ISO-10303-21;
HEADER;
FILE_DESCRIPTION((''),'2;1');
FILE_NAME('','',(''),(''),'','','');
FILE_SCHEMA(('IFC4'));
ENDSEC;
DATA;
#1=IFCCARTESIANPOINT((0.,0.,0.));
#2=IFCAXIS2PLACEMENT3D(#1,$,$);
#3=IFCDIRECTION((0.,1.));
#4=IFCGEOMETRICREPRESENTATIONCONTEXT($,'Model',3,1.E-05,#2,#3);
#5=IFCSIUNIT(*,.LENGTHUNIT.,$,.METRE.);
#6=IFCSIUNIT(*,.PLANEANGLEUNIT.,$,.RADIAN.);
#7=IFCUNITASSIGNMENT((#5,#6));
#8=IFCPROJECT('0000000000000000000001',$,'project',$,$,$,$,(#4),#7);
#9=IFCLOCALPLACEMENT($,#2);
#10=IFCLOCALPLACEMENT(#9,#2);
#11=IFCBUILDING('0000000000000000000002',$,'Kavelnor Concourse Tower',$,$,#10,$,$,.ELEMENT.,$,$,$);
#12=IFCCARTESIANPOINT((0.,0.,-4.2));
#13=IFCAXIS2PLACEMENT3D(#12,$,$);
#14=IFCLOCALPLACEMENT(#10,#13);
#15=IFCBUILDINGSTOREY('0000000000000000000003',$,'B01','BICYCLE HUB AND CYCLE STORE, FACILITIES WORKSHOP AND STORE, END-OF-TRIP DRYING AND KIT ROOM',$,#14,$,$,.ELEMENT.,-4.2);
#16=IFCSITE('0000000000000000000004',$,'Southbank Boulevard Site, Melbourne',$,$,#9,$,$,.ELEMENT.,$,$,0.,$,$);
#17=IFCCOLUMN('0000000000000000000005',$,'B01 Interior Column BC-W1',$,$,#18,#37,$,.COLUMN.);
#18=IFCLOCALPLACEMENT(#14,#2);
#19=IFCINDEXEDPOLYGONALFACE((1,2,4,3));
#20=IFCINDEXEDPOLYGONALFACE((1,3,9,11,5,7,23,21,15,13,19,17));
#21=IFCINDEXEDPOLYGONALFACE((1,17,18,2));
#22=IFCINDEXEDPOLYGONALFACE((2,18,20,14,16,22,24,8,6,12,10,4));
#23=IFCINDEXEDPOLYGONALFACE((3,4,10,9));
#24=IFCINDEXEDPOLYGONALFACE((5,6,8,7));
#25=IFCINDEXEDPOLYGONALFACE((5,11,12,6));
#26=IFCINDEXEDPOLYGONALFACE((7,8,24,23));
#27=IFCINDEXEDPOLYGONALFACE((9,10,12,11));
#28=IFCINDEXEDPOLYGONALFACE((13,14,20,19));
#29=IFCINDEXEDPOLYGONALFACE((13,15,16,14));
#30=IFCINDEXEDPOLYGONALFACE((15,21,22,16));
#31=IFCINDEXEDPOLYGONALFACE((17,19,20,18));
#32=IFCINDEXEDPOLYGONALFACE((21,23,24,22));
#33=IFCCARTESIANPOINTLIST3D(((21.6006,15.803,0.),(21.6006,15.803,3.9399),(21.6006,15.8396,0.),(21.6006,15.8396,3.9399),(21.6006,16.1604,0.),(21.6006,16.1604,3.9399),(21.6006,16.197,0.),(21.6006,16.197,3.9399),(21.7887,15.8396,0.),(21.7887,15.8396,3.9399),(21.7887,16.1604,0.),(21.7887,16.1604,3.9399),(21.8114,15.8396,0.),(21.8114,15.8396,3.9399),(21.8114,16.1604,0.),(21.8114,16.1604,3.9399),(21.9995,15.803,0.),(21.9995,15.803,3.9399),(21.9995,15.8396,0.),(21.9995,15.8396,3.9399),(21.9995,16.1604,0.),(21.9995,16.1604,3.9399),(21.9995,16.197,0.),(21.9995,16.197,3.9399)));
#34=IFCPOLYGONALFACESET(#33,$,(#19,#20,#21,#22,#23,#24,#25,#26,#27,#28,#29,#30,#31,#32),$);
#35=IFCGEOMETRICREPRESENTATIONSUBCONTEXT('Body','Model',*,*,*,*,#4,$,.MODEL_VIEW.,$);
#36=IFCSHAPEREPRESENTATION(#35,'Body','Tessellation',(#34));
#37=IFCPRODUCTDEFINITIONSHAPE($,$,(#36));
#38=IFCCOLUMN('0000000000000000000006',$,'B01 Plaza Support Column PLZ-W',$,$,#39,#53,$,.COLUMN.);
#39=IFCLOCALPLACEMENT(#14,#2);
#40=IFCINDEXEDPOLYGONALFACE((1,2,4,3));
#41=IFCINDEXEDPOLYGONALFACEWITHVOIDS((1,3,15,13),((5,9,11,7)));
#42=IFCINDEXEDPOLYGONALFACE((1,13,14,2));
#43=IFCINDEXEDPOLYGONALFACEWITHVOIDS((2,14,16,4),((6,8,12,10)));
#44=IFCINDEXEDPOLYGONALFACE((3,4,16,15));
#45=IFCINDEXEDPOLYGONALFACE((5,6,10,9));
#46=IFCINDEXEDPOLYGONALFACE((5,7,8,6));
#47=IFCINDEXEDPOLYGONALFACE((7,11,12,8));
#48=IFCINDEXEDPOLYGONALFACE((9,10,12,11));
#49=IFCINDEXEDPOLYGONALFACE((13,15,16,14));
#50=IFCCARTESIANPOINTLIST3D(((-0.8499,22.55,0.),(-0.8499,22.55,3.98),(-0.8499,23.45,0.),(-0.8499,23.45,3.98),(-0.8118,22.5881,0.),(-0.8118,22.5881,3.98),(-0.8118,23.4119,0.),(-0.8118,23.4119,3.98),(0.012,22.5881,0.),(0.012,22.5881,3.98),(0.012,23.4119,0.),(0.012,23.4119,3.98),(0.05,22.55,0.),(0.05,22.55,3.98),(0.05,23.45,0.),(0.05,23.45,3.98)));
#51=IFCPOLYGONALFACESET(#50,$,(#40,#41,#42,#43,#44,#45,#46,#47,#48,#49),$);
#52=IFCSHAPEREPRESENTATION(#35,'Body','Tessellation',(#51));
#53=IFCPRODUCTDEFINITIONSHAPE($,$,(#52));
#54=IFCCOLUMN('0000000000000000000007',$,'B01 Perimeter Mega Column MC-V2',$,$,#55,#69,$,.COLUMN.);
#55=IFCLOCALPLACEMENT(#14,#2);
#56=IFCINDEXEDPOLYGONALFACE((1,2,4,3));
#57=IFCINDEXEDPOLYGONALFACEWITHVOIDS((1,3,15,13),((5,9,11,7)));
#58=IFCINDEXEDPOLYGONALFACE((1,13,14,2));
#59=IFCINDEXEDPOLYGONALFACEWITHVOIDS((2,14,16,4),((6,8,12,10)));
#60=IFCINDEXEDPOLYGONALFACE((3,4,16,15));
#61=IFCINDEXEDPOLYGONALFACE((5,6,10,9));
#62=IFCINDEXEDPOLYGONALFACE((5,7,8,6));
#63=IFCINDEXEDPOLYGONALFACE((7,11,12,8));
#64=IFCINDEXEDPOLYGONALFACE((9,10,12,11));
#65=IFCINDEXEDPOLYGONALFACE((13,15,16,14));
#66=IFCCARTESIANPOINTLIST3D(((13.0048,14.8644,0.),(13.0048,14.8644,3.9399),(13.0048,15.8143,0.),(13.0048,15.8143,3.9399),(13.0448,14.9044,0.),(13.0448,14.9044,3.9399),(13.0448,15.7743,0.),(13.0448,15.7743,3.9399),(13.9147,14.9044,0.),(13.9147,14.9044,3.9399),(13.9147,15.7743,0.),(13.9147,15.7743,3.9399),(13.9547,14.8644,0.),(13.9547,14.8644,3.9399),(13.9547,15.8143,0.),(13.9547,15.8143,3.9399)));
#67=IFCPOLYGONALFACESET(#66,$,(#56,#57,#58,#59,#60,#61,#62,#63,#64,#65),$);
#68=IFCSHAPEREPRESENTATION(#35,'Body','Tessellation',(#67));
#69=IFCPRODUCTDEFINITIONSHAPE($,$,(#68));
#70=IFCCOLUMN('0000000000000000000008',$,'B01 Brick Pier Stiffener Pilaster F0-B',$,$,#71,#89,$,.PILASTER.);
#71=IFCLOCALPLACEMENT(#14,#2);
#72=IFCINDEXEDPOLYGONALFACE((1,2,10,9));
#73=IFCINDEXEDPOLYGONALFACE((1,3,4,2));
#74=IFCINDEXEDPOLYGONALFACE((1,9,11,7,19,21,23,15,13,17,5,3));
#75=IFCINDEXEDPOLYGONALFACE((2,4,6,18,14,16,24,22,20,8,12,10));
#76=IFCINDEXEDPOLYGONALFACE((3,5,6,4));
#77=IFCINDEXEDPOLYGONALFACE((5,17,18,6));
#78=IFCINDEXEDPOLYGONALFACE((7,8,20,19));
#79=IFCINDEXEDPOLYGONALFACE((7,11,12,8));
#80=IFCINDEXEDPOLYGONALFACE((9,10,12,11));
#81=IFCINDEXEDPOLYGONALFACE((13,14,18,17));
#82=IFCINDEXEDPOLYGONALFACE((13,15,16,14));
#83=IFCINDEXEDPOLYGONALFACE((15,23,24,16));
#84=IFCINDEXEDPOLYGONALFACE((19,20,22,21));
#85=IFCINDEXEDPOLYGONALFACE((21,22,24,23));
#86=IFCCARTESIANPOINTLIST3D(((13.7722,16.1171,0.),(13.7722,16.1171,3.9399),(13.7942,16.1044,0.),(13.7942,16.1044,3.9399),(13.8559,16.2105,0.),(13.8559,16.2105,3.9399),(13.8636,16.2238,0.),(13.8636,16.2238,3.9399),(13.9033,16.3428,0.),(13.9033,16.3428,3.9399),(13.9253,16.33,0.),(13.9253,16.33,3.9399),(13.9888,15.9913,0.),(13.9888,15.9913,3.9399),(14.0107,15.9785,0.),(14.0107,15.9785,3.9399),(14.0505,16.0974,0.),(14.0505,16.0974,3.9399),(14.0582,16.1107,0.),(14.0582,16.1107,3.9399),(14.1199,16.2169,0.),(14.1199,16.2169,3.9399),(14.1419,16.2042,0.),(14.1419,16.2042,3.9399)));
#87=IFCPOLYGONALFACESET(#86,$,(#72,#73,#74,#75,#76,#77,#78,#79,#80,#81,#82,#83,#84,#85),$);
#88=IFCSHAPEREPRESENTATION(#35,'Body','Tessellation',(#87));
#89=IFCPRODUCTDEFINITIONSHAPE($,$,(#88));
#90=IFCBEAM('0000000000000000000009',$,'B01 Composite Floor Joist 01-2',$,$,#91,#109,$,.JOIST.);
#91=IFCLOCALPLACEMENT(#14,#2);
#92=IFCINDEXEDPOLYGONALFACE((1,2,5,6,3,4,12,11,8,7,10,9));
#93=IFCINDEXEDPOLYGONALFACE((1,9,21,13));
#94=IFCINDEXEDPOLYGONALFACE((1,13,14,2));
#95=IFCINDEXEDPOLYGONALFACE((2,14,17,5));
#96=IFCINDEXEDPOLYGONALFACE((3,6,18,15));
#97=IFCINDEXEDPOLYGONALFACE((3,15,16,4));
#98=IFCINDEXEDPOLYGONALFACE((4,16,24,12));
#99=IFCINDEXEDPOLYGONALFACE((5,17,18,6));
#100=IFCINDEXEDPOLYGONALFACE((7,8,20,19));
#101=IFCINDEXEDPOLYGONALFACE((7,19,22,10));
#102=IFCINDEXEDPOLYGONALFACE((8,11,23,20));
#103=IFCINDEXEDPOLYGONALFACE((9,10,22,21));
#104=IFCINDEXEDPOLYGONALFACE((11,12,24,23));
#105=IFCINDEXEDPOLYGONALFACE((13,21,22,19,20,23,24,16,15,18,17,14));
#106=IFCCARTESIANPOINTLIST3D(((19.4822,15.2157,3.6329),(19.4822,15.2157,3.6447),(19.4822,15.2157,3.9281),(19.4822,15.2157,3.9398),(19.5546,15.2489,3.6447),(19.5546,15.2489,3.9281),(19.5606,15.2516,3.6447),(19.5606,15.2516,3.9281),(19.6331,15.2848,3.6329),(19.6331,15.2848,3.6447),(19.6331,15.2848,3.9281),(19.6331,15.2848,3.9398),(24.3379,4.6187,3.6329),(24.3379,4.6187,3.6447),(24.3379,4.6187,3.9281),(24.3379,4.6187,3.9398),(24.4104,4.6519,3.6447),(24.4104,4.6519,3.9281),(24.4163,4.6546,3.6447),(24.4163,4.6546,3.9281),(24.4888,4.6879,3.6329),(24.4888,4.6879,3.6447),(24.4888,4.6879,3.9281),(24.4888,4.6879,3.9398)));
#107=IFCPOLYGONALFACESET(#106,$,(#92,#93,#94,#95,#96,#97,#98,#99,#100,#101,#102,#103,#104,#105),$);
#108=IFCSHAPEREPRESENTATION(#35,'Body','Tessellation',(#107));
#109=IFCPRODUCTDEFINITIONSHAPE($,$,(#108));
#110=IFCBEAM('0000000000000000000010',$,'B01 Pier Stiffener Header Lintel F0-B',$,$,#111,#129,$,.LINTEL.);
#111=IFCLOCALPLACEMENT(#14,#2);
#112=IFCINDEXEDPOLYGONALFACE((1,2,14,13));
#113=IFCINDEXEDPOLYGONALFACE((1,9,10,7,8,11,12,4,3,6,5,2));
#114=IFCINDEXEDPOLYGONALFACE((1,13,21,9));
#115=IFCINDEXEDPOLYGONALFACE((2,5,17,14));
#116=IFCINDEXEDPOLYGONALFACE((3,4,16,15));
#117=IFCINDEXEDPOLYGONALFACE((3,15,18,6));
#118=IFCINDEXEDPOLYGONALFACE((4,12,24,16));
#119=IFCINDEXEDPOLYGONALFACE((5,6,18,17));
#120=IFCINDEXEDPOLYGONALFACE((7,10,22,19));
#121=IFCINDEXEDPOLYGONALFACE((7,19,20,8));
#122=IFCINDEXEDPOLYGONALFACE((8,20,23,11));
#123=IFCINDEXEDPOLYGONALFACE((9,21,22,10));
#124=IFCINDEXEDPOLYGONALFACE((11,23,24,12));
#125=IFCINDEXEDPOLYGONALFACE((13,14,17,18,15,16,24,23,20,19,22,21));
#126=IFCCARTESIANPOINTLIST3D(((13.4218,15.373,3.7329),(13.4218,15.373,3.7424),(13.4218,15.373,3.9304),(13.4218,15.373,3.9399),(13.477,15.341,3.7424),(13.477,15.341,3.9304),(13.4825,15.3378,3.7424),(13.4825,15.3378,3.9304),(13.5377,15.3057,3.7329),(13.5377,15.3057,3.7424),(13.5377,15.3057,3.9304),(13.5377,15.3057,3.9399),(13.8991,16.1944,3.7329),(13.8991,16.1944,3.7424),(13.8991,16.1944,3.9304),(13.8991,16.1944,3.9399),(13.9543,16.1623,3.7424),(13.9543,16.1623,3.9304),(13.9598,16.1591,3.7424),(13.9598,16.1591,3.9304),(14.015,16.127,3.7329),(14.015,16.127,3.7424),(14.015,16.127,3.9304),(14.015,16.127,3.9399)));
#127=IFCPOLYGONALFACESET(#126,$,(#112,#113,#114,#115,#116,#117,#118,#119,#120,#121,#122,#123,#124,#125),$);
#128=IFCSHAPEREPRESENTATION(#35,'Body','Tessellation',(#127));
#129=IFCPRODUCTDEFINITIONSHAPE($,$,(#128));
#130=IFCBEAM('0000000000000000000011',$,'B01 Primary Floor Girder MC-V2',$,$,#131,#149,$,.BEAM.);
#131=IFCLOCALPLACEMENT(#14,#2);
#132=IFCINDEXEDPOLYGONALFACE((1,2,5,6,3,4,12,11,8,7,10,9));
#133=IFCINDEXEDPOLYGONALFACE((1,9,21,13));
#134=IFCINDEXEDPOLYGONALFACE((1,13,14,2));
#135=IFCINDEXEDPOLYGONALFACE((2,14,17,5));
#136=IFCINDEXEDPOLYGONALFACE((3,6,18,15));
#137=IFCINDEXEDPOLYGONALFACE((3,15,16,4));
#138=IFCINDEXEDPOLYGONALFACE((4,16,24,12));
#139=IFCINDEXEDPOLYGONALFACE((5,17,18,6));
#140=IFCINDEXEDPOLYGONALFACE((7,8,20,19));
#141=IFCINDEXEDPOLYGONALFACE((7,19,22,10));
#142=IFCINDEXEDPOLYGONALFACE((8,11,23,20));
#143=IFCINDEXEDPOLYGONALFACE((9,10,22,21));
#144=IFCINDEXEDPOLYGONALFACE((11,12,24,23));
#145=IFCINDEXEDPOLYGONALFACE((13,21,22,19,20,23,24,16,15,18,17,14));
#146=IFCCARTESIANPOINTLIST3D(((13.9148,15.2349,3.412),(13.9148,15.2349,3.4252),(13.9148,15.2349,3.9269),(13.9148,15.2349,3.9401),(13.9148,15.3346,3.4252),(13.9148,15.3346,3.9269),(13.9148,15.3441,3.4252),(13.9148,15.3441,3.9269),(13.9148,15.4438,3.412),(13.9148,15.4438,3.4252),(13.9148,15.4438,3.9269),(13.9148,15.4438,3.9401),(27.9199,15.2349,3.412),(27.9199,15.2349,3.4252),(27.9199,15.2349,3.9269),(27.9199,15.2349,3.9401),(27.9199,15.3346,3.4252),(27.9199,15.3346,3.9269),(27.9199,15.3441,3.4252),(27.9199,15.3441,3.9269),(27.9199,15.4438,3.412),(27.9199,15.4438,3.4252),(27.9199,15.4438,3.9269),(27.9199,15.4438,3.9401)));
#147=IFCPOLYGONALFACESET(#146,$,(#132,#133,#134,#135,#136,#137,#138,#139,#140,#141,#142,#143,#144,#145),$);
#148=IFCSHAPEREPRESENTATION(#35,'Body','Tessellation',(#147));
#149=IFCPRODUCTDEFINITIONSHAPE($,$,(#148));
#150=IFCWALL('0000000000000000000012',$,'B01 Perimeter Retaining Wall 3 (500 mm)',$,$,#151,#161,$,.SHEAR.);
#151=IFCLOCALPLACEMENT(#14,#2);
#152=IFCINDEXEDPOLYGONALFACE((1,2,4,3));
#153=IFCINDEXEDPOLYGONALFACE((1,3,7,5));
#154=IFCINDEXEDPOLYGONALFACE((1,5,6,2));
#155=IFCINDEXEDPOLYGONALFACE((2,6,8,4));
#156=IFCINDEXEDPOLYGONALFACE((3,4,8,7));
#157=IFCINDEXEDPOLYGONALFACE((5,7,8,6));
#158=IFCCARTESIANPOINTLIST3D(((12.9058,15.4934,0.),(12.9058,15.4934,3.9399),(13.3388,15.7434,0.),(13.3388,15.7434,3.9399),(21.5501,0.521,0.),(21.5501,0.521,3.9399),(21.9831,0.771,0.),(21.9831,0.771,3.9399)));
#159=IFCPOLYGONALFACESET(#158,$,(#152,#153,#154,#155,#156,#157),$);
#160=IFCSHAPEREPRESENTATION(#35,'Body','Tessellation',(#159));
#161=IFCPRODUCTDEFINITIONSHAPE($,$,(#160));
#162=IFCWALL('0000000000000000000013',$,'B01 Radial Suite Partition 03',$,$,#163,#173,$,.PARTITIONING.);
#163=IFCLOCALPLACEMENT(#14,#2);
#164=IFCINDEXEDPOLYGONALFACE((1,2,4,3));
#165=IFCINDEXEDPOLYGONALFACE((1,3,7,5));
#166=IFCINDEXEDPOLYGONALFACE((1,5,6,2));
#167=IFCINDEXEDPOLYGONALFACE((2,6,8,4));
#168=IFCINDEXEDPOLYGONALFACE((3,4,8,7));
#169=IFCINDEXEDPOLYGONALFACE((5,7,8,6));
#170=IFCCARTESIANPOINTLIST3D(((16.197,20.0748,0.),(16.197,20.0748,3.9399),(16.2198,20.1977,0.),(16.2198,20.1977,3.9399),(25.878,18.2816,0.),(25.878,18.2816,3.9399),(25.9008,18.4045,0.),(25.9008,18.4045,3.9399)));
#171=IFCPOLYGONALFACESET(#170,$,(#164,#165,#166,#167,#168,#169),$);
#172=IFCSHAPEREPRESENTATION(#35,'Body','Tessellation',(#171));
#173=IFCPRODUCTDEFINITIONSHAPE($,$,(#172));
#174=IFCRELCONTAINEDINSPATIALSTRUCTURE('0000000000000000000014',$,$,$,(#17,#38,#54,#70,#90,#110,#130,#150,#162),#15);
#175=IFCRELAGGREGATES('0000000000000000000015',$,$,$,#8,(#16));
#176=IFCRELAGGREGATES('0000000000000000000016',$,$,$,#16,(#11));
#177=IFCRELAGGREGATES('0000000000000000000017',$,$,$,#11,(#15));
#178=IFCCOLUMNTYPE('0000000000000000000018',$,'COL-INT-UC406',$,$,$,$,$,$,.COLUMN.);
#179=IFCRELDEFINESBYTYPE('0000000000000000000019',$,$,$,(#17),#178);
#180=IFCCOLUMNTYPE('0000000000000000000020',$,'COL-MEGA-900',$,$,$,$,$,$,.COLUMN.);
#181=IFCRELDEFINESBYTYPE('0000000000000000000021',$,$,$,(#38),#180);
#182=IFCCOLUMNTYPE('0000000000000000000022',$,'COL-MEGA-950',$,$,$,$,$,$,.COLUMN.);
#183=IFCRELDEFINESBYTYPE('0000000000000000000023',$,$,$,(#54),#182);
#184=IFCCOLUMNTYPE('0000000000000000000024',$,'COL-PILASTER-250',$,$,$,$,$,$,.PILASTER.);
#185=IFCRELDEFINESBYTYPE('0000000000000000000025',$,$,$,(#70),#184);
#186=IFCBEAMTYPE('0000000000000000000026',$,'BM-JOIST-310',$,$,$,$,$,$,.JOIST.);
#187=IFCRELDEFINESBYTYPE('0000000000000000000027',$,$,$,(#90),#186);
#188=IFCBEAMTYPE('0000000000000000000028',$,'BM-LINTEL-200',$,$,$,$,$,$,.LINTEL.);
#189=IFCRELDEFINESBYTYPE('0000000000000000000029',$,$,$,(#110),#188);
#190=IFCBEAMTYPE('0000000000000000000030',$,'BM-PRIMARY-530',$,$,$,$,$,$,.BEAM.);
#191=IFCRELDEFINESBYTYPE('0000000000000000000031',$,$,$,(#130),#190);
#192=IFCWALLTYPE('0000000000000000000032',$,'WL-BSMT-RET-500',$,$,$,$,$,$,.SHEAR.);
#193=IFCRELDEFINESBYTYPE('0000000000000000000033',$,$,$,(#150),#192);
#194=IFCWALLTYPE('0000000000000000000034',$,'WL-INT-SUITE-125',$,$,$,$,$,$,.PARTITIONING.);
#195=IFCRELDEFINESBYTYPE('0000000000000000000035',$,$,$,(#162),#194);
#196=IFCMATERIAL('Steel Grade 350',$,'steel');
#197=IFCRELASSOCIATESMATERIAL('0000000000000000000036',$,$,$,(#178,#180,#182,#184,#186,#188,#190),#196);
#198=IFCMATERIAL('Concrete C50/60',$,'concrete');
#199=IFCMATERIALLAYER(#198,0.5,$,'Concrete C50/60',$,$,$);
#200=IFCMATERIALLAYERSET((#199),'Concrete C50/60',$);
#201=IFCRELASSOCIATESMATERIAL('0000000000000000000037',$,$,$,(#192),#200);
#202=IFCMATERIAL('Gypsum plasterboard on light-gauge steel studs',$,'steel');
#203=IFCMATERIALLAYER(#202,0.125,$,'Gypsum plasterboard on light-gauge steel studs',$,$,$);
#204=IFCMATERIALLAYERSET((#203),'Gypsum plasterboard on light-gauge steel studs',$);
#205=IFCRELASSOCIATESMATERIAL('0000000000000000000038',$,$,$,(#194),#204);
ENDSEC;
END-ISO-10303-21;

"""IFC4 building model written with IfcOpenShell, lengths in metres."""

from ifc_helpers import new_model, si_unit, direction, frame, frame_2d, origin, origin_2d, place, context, subcontext, project, spatial, rectangle, hollow_rectangle, i_section, extrude, material, layer, layer_set, material_profile, profile_set, type_object, element, save


model = new_model("IFC4")

# Units and contexts
model_context = context("Model", 3, precision=1e-05, world=origin(), true_north=direction((0.0, 1.0)))
body_context = subcontext(model_context, "Body", "Model", "MODEL_VIEW")
ifc_project = project(units=[si_unit("LENGTHUNIT", "METRE"), si_unit("PLANEANGLEUNIT", "RADIAN")], contexts=[model_context])

# Site, building, storey
site_placement = place(None, origin())
site = spatial("IfcSite", under=ifc_project, at=site_placement, Name="Southbank Boulevard Site, Melbourne", CompositionType="ELEMENT", RefElevation=0.0)
building_placement = place(site_placement, origin())
building = spatial("IfcBuilding", under=site, at=building_placement, Name="Kavelnor Concourse Tower", CompositionType="ELEMENT")
storey_placement = place(building_placement, frame((0.0, 0.0, -4.2)))
storey = spatial("IfcBuildingStorey", under=building, at=storey_placement, Name="B01", Description="BICYCLE HUB AND CYCLE STORE, FACILITIES WORKSHOP AND STORE, END-OF-TRIP DRYING AND KIT ROOM", CompositionType="ELEMENT", Elevation=-4.2)

# Columns
ifc_material_1 = material(Name="Steel Grade 350", Category="steel")
ifc_material_profile_1 = material_profile(ifc_material_1, i_section(OverallWidth=0.3989, OverallDepth=0.394, WebThickness=0.0227, FlangeThickness=0.0366, at=origin_2d()), Name="UC 356x406x287")
ifc_profile_set_1 = profile_set([ifc_material_profile_1], Name="Steel Grade 350")
column_type_1 = type_object("IfcColumnType", Name="COL-INT-UC406", PredefinedType="COLUMN", material=ifc_profile_set_1)
column_1_placement = place(storey_placement, frame((21.8, 16.0, 0.0), z_axis=(0.0, 0.0, 1.0), x_axis=(1.0, 0.0, 0.0)))
element("IfcColumn", 1, at=column_1_placement, inside=storey, type_object=column_type_1, Name="B01 Interior Column BC-W1", PredefinedType="COLUMN", context=body_context, shape_type="SweptSolid", body=[
    extrude(i_section(OverallWidth=0.3989, OverallDepth=0.394, WebThickness=0.0227, FlangeThickness=0.0366, at=origin_2d()), origin(), (0.0, 0.0, 1.0), 3.9399),
])
ifc_material_profile_2 = material_profile(ifc_material_1, hollow_rectangle(XDim=0.8999, YDim=0.8999, WallThickness=0.0381, at=origin_2d()), Name="SHS 900x900x38")
ifc_profile_set_2 = profile_set([ifc_material_profile_2], Name="Steel Grade 350")
column_type_2 = type_object("IfcColumnType", Name="COL-MEGA-900", PredefinedType="COLUMN", material=ifc_profile_set_2)
column_2_placement = place(storey_placement, frame((-0.3999, 23.0, 0.0), z_axis=(0.0, 0.0, 1.0), x_axis=(1.0, 0.0, 0.0)))
element("IfcColumn", 2, at=column_2_placement, inside=storey, type_object=column_type_2, Name="B01 Plaza Support Column PLZ-W", PredefinedType="COLUMN", context=body_context, shape_type="SweptSolid", body=[
    extrude(hollow_rectangle(XDim=0.8999, YDim=0.8999, WallThickness=0.0381, at=origin_2d()), origin(), (0.0, 0.0, 1.0), 3.98),
])
ifc_material_profile_3 = material_profile(ifc_material_1, hollow_rectangle(XDim=0.95, YDim=0.95, WallThickness=0.04, at=origin_2d()), Name="SHS 950x950x40")
ifc_profile_set_3 = profile_set([ifc_material_profile_3], Name="Steel Grade 350")
column_type_3 = type_object("IfcColumnType", Name="COL-MEGA-950", PredefinedType="COLUMN", material=ifc_profile_set_3)
column_3_placement = place(storey_placement, frame((13.4797, 15.3394, 0.0), z_axis=(0.0, 0.0, 1.0), x_axis=(1.0, 0.0, 0.0)))
element("IfcColumn", 3, at=column_3_placement, inside=storey, type_object=column_type_3, Name="B01 Perimeter Mega Column MC-V2", PredefinedType="COLUMN", context=body_context, shape_type="SweptSolid", body=[
    extrude(hollow_rectangle(XDim=0.95, YDim=0.95, WallThickness=0.04, at=origin_2d()), origin(), (0.0, 0.0, 1.0), 3.9399),
])
ifc_material_profile_4 = material_profile(ifc_material_1, i_section(OverallWidth=0.261, OverallDepth=0.2759, WebThickness=0.0154, FlangeThickness=0.0254, at=origin_2d()), Name="UC 254x254x132")
ifc_profile_set_4 = profile_set([ifc_material_profile_4], Name="Steel Grade 350")
column_type_4 = type_object("IfcColumnType", Name="COL-PILASTER-250", PredefinedType="PILASTER", material=ifc_profile_set_4)
column_4_placement = place(storey_placement, frame((13.957, 16.1606, 0.0), z_axis=(0.0, 0.0, 1.0), x_axis=(-0.502416, -0.864626, 0.0)))
element("IfcColumn", 4, at=column_4_placement, inside=storey, type_object=column_type_4, Name="B01 Brick Pier Stiffener Pilaster F0-B", PredefinedType="PILASTER", context=body_context, shape_type="SweptSolid", body=[
    extrude(i_section(OverallWidth=0.261, OverallDepth=0.2759, WebThickness=0.0154, FlangeThickness=0.0254, at=origin_2d()), origin(), (0.0, 0.0, 1.0), 3.9399),
])

# Beams
ifc_material_profile_5 = material_profile(ifc_material_1, i_section(OverallWidth=0.166, OverallDepth=0.3069, WebThickness=0.0066, FlangeThickness=0.0117, at=origin_2d()), Name="310UB46")
ifc_profile_set_5 = profile_set([ifc_material_profile_5], Name="Steel Grade 350")
beam_type_1 = type_object("IfcBeamType", Name="BM-JOIST-310", PredefinedType="JOIST", material=ifc_profile_set_5)
beam_1_placement = place(storey_placement, frame((19.5576, 15.2502, 3.7864), z_axis=(0.416569, -0.909104, 0.0), x_axis=(0.909104, 0.416569, 0.0)))
element("IfcBeam", 5, at=beam_1_placement, inside=storey, type_object=beam_type_1, Name="B01 Composite Floor Joist 01-2", PredefinedType="JOIST", context=body_context, shape_type="SweptSolid", body=[
    extrude(i_section(OverallWidth=0.166, OverallDepth=0.3069, WebThickness=0.0066, FlangeThickness=0.0117, at=origin_2d()), origin(), (0.0, 0.0, 1.0), 11.6565),
])
ifc_material_profile_6 = material_profile(ifc_material_1, i_section(OverallWidth=0.134, OverallDepth=0.207, WebThickness=0.0063, FlangeThickness=0.0095, at=origin_2d()), Name="200UB29")
ifc_profile_set_6 = profile_set([ifc_material_profile_6], Name="Steel Grade 350")
beam_type_2 = type_object("IfcBeamType", Name="BM-LINTEL-200", PredefinedType="LINTEL", material=ifc_profile_set_6)
beam_2_placement = place(storey_placement, frame((13.4797, 15.3394, 3.8364), z_axis=(0.502464, 0.864598, 0.0), x_axis=(-0.864598, 0.502464, 0.0)))
element("IfcBeam", 6, at=beam_2_placement, inside=storey, type_object=beam_type_2, Name="B01 Pier Stiffener Header Lintel F0-B", PredefinedType="LINTEL", context=body_context, shape_type="SweptSolid", body=[
    extrude(i_section(OverallWidth=0.134, OverallDepth=0.207, WebThickness=0.0063, FlangeThickness=0.0095, at=origin_2d()), origin(), (0.0, 0.0, 1.0), 0.95),
])
ifc_material_profile_7 = material_profile(ifc_material_1, i_section(OverallWidth=0.209, OverallDepth=0.5281, WebThickness=0.0095, FlangeThickness=0.0132, at=origin_2d()), Name="530UB82")
ifc_profile_set_7 = profile_set([ifc_material_profile_7], Name="Steel Grade 350")
beam_type_3 = type_object("IfcBeamType", Name="BM-PRIMARY-530", PredefinedType="BEAM", material=ifc_profile_set_7)
beam_3_placement = place(storey_placement, frame((27.9199, 15.3394, 3.676), z_axis=(-1.0, 0.0, 0.0), x_axis=(0.0, -1.0, 0.0)))
element("IfcBeam", 7, at=beam_3_placement, inside=storey, type_object=beam_type_3, Name="B01 Primary Floor Girder MC-V2", PredefinedType="BEAM", context=body_context, shape_type="SweptSolid", body=[
    extrude(i_section(OverallWidth=0.209, OverallDepth=0.5281, WebThickness=0.0095, FlangeThickness=0.0132, at=origin_2d()), origin(), (0.0, 0.0, 1.0), 14.0051),
])

# Wall
ifc_material_2 = material(Name="Concrete C50/60", Category="concrete")
ifc_layer_1 = layer(ifc_material_2, 0.5, Name="Concrete C50/60")
ifc_layer_set_1 = layer_set([ifc_layer_1], Name="Concrete C50/60")
wall_type_1 = type_object("IfcWallType", Name="WL-BSMT-RET-500", PredefinedType="SHEAR", material=ifc_layer_set_1)
wall_1_placement = place(storey_placement, frame((13.1223, 15.6184, 0.0), z_axis=(0.0, 0.0, 1.0), x_axis=(0.499998, -0.866026, 0.0)))
element("IfcWall", 8, at=wall_1_placement, inside=storey, type_object=wall_type_1, Name="B01 Perimeter Retaining Wall 3 (500 mm)", PredefinedType="SHEAR", context=body_context, shape_type="SweptSolid", body=[
    extrude(rectangle(XDim=17.2886, YDim=0.5, at=frame_2d((8.6443, 0.0))), origin(), (0.0, 0.0, 1.0), 3.9399),
])

# Wall
ifc_material_3 = material(Name="Gypsum plasterboard on light-gauge steel studs", Category="steel")
ifc_layer_2 = layer(ifc_material_3, 0.125, Name="Gypsum plasterboard on light-gauge steel studs")
ifc_layer_set_2 = layer_set([ifc_layer_2], Name="Gypsum plasterboard on light-gauge steel studs")
wall_type_2 = type_object("IfcWallType", Name="WL-INT-SUITE-125", PredefinedType="PARTITIONING", material=ifc_layer_set_2)
wall_2_placement = place(storey_placement, frame((25.8894, 18.343, 0.0), z_axis=(0.0, 0.0, 1.0), x_axis=(-0.983274, 0.182134, 0.0)))
element("IfcWall", 9, at=wall_2_placement, inside=storey, type_object=wall_type_2, Name="B01 Radial Suite Partition 03", PredefinedType="PARTITIONING", context=body_context, shape_type="SweptSolid", body=[
    extrude(rectangle(XDim=9.8457, YDim=0.125, at=frame_2d((4.9229, 0.0))), origin(), (0.0, 0.0, 1.0), 3.9399),
])

save(model, "model.ifc")
